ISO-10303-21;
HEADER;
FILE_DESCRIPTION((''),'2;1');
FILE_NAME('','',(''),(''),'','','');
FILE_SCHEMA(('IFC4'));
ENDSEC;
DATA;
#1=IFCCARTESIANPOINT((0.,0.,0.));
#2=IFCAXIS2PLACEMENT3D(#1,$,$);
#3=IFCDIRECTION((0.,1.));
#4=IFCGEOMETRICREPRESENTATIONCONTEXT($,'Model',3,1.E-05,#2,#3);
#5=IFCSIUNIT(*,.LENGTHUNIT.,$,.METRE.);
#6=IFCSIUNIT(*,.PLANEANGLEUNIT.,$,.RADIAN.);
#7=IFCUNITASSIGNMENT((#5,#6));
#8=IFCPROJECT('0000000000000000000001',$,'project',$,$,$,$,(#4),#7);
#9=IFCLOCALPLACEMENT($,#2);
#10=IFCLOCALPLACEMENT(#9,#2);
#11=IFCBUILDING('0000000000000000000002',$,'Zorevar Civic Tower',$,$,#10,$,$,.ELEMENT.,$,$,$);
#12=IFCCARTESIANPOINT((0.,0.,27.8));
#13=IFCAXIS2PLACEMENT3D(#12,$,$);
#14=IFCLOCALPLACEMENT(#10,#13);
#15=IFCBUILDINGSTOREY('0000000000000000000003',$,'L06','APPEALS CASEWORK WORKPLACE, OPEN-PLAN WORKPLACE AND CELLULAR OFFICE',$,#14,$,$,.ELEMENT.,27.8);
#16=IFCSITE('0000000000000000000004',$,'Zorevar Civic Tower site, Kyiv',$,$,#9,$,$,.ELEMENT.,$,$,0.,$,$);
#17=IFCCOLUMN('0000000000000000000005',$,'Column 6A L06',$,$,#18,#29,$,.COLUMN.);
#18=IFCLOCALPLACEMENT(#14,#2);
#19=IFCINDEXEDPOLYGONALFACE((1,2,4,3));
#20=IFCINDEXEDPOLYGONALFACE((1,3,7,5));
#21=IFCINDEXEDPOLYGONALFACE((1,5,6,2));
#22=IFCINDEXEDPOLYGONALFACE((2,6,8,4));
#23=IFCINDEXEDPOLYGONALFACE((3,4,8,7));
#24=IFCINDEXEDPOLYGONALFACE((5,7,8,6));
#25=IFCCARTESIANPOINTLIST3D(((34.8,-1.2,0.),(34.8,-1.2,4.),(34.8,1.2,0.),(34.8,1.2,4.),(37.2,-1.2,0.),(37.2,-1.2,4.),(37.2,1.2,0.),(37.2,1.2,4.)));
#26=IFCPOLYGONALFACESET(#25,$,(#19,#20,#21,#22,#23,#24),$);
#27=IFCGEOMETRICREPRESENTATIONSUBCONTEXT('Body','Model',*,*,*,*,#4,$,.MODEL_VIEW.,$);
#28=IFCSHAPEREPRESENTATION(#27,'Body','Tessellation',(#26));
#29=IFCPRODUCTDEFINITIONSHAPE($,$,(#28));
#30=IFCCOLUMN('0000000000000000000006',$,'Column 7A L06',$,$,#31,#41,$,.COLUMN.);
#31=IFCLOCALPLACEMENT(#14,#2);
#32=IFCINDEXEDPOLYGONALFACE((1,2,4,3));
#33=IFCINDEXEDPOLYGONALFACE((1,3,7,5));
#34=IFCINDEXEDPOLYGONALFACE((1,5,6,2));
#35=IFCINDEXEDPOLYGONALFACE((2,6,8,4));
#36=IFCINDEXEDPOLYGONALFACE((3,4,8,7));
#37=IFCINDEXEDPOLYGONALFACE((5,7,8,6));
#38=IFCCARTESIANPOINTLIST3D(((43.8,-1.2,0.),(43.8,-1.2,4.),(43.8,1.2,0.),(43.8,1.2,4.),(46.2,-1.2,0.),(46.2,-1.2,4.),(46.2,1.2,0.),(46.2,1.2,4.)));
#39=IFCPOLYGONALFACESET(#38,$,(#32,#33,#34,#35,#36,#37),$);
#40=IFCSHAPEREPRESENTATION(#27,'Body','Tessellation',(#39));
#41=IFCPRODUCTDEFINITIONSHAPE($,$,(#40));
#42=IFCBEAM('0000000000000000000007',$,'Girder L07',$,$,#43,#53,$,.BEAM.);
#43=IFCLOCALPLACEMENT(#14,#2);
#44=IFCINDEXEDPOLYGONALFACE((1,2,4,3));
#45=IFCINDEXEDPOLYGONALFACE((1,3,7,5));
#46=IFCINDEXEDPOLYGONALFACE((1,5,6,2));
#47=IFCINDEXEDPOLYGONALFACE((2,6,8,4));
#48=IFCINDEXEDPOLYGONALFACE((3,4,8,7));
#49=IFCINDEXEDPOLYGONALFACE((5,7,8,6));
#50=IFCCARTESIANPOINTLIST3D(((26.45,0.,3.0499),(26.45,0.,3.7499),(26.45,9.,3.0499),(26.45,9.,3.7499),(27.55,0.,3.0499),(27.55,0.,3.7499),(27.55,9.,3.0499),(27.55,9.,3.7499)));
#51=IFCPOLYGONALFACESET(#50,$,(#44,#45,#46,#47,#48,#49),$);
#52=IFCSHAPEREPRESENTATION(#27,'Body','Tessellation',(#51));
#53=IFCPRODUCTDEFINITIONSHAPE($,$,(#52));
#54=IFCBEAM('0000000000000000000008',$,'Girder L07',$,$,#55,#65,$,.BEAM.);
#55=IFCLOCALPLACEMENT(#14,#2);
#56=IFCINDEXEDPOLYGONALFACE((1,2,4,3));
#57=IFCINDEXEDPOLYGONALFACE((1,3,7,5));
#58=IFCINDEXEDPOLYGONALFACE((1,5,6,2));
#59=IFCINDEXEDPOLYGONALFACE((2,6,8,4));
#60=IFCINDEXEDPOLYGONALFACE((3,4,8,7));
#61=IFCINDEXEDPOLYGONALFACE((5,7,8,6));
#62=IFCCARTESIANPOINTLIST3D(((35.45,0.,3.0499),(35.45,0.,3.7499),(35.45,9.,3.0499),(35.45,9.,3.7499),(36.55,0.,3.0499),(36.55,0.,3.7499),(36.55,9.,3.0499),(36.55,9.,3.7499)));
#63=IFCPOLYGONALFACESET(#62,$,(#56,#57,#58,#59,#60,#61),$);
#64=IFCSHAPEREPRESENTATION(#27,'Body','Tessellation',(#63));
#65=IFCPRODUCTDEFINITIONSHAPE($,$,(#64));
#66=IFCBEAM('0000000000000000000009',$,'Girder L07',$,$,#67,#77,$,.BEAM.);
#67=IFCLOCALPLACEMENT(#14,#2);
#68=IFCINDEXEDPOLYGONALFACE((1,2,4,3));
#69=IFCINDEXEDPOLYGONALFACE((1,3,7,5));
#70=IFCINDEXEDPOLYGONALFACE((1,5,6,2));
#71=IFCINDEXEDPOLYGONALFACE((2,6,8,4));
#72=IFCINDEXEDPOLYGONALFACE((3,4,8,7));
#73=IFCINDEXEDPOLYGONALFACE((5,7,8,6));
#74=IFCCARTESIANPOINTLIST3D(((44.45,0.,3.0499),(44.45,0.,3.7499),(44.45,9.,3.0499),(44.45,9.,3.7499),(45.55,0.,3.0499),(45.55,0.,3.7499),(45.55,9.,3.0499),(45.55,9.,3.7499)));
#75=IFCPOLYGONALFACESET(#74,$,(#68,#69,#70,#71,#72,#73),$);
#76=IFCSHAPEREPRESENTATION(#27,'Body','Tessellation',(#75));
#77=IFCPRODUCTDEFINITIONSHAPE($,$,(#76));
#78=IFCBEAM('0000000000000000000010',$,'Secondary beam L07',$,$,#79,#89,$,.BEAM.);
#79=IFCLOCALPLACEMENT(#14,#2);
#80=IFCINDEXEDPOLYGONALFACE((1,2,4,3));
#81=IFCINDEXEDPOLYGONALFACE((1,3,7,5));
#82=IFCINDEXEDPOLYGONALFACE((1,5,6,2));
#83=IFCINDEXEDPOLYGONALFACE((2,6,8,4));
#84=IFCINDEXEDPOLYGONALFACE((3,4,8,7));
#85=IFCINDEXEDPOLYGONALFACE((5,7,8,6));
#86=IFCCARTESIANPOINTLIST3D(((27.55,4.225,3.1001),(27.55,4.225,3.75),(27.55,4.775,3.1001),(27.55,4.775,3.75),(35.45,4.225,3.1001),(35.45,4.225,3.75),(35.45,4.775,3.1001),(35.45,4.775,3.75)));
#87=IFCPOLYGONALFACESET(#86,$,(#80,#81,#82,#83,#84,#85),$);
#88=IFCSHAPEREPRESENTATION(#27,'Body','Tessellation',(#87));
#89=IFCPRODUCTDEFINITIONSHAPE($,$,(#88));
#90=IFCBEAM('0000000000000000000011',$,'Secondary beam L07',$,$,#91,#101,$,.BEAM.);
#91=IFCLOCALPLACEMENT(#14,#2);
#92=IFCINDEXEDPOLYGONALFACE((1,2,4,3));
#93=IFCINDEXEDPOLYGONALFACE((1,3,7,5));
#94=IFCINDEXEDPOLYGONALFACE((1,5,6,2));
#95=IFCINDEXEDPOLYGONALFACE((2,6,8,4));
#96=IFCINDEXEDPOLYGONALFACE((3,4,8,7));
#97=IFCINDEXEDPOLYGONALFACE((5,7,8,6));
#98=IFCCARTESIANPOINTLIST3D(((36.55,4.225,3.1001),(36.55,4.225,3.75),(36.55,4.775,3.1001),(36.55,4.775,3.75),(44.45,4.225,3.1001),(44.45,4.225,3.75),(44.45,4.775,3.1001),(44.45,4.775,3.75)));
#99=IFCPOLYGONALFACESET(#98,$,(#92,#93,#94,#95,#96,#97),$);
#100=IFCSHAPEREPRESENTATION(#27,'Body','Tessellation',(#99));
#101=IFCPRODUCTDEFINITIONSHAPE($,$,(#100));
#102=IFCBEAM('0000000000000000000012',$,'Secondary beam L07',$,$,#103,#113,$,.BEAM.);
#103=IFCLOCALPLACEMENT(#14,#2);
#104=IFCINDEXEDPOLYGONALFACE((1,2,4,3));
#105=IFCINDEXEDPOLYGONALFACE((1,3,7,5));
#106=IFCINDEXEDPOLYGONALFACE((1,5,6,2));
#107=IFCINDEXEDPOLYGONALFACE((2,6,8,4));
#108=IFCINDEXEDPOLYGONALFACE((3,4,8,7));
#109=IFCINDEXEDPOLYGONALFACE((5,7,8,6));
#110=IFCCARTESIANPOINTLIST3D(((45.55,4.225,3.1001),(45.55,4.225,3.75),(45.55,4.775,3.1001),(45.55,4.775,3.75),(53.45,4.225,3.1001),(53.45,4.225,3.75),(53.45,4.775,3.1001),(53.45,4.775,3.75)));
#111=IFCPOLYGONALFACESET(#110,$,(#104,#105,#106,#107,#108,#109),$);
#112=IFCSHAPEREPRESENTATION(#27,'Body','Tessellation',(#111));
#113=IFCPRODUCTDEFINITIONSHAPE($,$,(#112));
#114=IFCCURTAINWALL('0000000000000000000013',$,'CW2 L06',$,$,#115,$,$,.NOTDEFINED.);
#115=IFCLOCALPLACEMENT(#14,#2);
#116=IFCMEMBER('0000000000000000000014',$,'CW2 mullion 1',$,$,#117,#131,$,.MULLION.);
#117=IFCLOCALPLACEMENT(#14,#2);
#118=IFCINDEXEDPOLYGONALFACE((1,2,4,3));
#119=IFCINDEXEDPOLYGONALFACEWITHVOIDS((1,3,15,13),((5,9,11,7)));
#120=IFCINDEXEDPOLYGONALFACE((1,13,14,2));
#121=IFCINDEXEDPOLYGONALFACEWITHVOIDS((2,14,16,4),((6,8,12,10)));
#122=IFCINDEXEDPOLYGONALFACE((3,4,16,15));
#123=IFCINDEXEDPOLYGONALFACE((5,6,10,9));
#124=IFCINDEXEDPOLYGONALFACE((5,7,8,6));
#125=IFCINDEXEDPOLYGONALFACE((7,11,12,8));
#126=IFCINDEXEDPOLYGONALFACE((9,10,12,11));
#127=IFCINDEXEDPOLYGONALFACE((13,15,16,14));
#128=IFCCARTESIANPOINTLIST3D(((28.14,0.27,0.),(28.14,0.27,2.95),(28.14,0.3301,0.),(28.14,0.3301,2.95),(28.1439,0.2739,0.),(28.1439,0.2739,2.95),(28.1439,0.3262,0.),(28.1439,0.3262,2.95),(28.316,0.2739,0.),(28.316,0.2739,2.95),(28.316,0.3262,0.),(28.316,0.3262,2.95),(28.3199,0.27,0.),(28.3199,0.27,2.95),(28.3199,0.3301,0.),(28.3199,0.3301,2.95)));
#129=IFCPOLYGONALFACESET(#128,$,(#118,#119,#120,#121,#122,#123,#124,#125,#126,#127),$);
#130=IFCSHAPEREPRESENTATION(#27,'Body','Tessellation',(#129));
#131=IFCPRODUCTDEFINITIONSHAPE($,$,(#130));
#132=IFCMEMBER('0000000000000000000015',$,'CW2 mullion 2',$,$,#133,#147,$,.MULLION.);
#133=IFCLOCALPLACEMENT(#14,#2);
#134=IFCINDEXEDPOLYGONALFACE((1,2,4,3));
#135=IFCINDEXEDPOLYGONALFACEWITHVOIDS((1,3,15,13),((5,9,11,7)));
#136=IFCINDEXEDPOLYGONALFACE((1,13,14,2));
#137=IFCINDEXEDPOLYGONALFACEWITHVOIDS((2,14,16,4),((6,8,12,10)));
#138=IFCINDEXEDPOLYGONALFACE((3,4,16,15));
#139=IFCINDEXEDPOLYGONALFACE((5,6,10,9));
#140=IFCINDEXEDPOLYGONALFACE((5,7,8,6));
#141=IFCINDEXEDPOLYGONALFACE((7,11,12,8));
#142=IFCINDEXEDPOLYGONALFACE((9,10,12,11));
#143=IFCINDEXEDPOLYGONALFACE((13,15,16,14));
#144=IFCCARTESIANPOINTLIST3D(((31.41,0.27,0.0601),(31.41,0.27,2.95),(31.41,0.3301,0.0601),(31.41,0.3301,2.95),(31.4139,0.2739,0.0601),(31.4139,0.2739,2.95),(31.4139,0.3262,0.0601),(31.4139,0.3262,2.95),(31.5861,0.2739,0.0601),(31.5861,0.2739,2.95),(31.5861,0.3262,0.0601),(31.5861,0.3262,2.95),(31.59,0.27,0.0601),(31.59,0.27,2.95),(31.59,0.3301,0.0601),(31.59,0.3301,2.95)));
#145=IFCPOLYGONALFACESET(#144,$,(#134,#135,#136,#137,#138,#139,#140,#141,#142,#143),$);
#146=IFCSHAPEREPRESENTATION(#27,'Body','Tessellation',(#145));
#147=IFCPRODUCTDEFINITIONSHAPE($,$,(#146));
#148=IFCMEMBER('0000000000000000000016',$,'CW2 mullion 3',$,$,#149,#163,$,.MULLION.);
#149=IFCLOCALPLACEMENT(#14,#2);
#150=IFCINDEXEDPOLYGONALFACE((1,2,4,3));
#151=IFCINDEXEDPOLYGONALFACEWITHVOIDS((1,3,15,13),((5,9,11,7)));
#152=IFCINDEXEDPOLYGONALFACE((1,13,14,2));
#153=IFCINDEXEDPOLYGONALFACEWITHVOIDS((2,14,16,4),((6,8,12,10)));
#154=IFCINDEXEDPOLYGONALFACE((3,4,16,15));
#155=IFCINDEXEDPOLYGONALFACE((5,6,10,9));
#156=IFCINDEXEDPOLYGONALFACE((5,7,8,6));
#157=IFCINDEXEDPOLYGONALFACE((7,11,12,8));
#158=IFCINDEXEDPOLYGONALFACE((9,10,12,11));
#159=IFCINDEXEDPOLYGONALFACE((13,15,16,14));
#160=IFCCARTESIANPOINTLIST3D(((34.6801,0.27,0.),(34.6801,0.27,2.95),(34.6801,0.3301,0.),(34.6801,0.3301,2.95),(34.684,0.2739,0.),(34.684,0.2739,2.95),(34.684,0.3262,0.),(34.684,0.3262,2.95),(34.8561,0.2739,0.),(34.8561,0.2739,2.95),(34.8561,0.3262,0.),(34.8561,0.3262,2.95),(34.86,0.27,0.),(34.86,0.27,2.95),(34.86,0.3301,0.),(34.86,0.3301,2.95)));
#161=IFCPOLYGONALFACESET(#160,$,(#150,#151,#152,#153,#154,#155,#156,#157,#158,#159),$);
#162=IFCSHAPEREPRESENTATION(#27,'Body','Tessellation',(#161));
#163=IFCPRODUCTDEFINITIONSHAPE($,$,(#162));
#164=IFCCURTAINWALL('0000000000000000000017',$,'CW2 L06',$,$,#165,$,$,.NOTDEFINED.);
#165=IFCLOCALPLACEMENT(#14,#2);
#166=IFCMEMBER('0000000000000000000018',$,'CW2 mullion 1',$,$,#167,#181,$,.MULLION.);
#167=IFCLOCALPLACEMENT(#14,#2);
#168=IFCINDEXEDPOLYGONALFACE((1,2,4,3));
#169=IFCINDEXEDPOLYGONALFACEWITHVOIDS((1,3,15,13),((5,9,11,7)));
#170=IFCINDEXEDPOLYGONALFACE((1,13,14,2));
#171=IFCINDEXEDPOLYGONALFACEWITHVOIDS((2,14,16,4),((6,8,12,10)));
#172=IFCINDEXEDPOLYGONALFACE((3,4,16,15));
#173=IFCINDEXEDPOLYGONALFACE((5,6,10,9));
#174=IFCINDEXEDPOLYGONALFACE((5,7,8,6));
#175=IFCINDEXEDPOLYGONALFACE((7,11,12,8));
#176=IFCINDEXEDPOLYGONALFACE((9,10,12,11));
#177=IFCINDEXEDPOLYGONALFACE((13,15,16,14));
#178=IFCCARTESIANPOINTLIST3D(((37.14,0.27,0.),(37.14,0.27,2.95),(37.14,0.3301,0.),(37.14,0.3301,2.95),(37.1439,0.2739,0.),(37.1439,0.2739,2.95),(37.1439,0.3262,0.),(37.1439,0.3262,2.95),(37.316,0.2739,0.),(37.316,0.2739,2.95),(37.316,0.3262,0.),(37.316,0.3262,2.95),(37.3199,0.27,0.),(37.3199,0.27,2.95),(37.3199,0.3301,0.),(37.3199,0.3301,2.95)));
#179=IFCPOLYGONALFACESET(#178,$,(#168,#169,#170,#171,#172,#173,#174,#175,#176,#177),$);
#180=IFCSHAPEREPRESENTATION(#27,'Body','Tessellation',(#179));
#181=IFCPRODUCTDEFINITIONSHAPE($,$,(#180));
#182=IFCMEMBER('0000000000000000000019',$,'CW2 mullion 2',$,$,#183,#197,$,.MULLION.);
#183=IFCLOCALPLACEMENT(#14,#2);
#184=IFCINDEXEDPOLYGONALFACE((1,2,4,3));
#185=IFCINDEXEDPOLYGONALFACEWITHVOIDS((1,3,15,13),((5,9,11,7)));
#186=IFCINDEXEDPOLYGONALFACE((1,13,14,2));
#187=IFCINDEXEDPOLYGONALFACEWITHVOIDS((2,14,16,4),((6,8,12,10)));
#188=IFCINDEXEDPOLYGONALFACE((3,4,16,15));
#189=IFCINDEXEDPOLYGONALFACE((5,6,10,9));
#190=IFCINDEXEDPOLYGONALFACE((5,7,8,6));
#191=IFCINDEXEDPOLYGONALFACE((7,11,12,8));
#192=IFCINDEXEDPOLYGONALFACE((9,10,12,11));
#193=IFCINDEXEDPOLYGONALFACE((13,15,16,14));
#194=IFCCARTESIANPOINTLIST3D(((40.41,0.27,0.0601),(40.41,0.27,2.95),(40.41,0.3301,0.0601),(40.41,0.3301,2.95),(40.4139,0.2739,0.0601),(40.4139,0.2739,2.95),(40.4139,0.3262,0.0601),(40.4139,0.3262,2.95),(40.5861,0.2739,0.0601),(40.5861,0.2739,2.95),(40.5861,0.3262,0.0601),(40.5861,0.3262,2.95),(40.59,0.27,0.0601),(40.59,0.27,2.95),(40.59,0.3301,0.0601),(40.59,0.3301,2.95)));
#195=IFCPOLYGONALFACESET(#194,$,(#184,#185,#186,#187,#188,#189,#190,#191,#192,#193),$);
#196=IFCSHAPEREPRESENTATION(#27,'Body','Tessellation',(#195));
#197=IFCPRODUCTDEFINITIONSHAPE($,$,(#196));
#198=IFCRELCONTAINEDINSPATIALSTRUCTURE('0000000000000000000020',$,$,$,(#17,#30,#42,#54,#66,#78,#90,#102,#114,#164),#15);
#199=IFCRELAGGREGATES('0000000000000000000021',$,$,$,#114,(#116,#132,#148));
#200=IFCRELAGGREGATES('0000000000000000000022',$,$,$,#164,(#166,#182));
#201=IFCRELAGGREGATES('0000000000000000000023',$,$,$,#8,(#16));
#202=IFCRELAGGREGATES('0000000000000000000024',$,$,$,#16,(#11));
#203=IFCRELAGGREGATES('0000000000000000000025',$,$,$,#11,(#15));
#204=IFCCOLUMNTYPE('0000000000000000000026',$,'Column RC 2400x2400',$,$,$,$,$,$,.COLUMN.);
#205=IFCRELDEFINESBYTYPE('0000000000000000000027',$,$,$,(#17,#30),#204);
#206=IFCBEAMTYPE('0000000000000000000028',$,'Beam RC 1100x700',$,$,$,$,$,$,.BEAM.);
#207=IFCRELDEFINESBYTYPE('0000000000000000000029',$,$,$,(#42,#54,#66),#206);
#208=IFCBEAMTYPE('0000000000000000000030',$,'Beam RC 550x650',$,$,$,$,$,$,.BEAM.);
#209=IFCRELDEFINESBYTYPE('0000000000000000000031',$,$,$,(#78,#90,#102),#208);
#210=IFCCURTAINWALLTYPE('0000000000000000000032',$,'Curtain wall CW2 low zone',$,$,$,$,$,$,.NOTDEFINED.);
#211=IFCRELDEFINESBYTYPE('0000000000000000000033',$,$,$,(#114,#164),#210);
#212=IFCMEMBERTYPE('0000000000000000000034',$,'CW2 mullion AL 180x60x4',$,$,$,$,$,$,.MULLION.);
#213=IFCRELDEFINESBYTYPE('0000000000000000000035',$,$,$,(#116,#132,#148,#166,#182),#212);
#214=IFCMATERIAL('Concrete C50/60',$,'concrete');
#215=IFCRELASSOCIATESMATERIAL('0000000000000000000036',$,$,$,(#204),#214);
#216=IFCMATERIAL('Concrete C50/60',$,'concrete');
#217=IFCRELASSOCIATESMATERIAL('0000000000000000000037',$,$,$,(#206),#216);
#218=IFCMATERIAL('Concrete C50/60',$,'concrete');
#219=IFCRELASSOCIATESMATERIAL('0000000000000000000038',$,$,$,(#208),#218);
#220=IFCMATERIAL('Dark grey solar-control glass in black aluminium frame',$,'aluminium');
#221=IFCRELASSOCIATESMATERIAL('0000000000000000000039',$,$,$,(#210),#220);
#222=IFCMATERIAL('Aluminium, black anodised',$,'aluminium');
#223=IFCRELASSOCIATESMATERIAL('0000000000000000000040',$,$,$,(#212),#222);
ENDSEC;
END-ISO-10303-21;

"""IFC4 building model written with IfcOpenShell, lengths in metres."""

from ifc_helpers import new_model, si_unit, direction, frame, origin, origin_2d, place, context, subcontext, project, spatial, rectangle, hollow_rectangle, extrude, material, material_profile, profile_set, type_object, element, aggregate, save


model = new_model("IFC4")

# Units and contexts
model_context = context("Model", 3, precision=1e-05, world=origin(), true_north=direction((0.0, 1.0)))
body_context = subcontext(model_context, "Body", "Model", "MODEL_VIEW")
ifc_project = project(units=[si_unit("LENGTHUNIT", "METRE"), si_unit("PLANEANGLEUNIT", "RADIAN")], contexts=[model_context])

# Site, building, storey
site_placement = place(None, origin())
site = spatial("IfcSite", under=ifc_project, at=site_placement, Name="Zorevar Civic Tower site, Kyiv", CompositionType="ELEMENT", RefElevation=0.0)
building_placement = place(site_placement, origin())
building = spatial("IfcBuilding", under=site, at=building_placement, Name="Zorevar Civic Tower", CompositionType="ELEMENT")
storey_placement = place(building_placement, frame((0.0, 0.0, 27.8)))
storey = spatial("IfcBuildingStorey", under=building, at=storey_placement, Name="L06", Description="APPEALS CASEWORK WORKPLACE, OPEN-PLAN WORKPLACE AND CELLULAR OFFICE", CompositionType="ELEMENT", Elevation=27.8)

# Columns
ifc_material_1 = material(Name="Concrete C50/60", Category="concrete")
ifc_material_profile_1 = material_profile(ifc_material_1, rectangle(XDim=2.3999, YDim=2.3999, at=origin_2d()), Name="RC 2400x2400")
ifc_profile_set_1 = profile_set([ifc_material_profile_1], Name="Concrete C50/60")
column_type = type_object("IfcColumnType", Name="Column RC 2400x2400", PredefinedType="COLUMN", material=ifc_profile_set_1)
for number, where, z_axis, x_axis, name in (
    (1, (36.0, 0.0, 0.0), (0.0, 0.0, 1.0), (1.0, 0.0, 0.0), "Column 6A L06"),
    (2, (45.0, 0.0, 0.0), (0.0, 0.0, 1.0), (1.0, 0.0, 0.0), "Column 7A L06"),
):
    element("IfcColumn", number, at=place(storey_placement, frame(where, z_axis=z_axis, x_axis=x_axis)), inside=storey, type_object=column_type, Name=name, PredefinedType="COLUMN", context=body_context, shape_type="SweptSolid", body=[
        extrude(rectangle(XDim=2.3999, YDim=2.3999, at=origin_2d()), origin(), (0.0, 0.0, 1.0), 4.0),
    ])

# Beams
ifc_material_2 = material(Name="Concrete C50/60", Category="concrete")
ifc_material_profile_2 = material_profile(ifc_material_2, rectangle(XDim=1.1001, YDim=0.7, at=origin_2d()), Name="RC 1100x700")
ifc_profile_set_2 = profile_set([ifc_material_profile_2], Name="Concrete C50/60")
beam_type_1 = type_object("IfcBeamType", Name="Beam RC 1100x700", PredefinedType="BEAM", material=ifc_profile_set_2)
for number, where, z_axis, x_axis, name in (
    (3, (27.0, 0.0, 3.3999), (0.0, 1.0, 0.0), (-1.0, 0.0, 0.0), "Girder L07"),
    (4, (36.0, 0.0, 3.3999), (0.0, 1.0, 0.0), (-1.0, 0.0, 0.0), "Girder L07"),
    (5, (45.0, 0.0, 3.3999), (0.0, 1.0, 0.0), (-1.0, 0.0, 0.0), "Girder L07"),
):
    element("IfcBeam", number, at=place(storey_placement, frame(where, z_axis=z_axis, x_axis=x_axis)), inside=storey, type_object=beam_type_1, Name=name, PredefinedType="BEAM", context=body_context, shape_type="SweptSolid", body=[
        extrude(rectangle(XDim=1.1001, YDim=0.7, at=origin_2d()), origin(), (0.0, 0.0, 1.0), 9.0),
    ])
ifc_material_3 = material(Name="Concrete C50/60", Category="concrete")
ifc_material_profile_3 = material_profile(ifc_material_3, rectangle(XDim=0.55, YDim=0.6499, at=origin_2d()), Name="RC 550x650")
ifc_profile_set_3 = profile_set([ifc_material_profile_3], Name="Concrete C50/60")
beam_type_2 = type_object("IfcBeamType", Name="Beam RC 550x650", PredefinedType="BEAM", material=ifc_profile_set_3)
for number, where, z_axis, x_axis, name in (
    (6, (27.55, 4.5, 3.425), (1.0, 0.0, 0.0), (0.0, 1.0, 0.0), "Secondary beam L07"),
    (7, (36.55, 4.5, 3.425), (1.0, 0.0, 0.0), (0.0, 1.0, 0.0), "Secondary beam L07"),
    (8, (45.55, 4.5, 3.425), (1.0, 0.0, 0.0), (0.0, 1.0, 0.0), "Secondary beam L07"),
):
    element("IfcBeam", number, at=place(storey_placement, frame(where, z_axis=z_axis, x_axis=x_axis)), inside=storey, type_object=beam_type_2, Name=name, PredefinedType="BEAM", context=body_context, shape_type="SweptSolid", body=[
        extrude(rectangle(XDim=0.55, YDim=0.6499, at=origin_2d()), origin(), (0.0, 0.0, 1.0), 7.8999),
    ])

# Curtain walls, members
ifc_material_4 = material(Name="Dark grey solar-control glass in black aluminium frame", Category="aluminium")
curtain_wall_type = type_object("IfcCurtainWallType", Name="Curtain wall CW2 low zone", PredefinedType="NOTDEFINED", material=ifc_material_4)
curtain_wall_1_placement = place(storey_placement, origin())
curtain_wall_1 = element("IfcCurtainWall", 9, at=curtain_wall_1_placement, inside=storey, type_object=curtain_wall_type, Name="CW2 L06", PredefinedType="NOTDEFINED")
ifc_material_5 = material(Name="Aluminium, black anodised", Category="aluminium")
ifc_material_profile_4 = material_profile(ifc_material_5, hollow_rectangle(XDim=0.0601, YDim=0.1799, WallThickness=0.0039, at=origin_2d()), Name="AL 180x60x4")
ifc_profile_set_4 = profile_set([ifc_material_profile_4], Name="Aluminium, black anodised")
member_type_1 = type_object("IfcMemberType", Name="CW2 mullion AL 180x60x4", PredefinedType="MULLION", material=ifc_profile_set_4)
member_1_placement = place(storey_placement, frame((28.23, 0.3, 0.0), z_axis=(0.0, 0.0, 1.0), x_axis=(0.0, 1.0, 0.0)))
member_1 = element("IfcMember", 10, at=member_1_placement, type_object=member_type_1, Name="CW2 mullion 1", PredefinedType="MULLION", context=body_context, shape_type="SweptSolid", body=[
    extrude(hollow_rectangle(XDim=0.0601, YDim=0.1799, WallThickness=0.0039, at=origin_2d()), origin(), (0.0, 0.0, 1.0), 2.95),
])
member_2_placement = place(storey_placement, frame((31.5, 0.3, 0.0601), z_axis=(0.0, 0.0, 1.0), x_axis=(0.0, 1.0, 0.0)))
member_2 = element("IfcMember", 11, at=member_2_placement, type_object=member_type_1, Name="CW2 mullion 2", PredefinedType="MULLION", context=body_context, shape_type="SweptSolid", body=[
    extrude(hollow_rectangle(XDim=0.0601, YDim=0.1799, WallThickness=0.0039, at=origin_2d()), origin(), (0.0, 0.0, 1.0), 2.8899),
])
member_3_placement = place(storey_placement, frame((34.77, 0.3, 0.0), z_axis=(0.0, 0.0, 1.0), x_axis=(0.0, 1.0, 0.0)))
member_3 = element("IfcMember", 12, at=member_3_placement, type_object=member_type_1, Name="CW2 mullion 3", PredefinedType="MULLION", context=body_context, shape_type="SweptSolid", body=[
    extrude(hollow_rectangle(XDim=0.0601, YDim=0.1799, WallThickness=0.0039, at=origin_2d()), origin(), (0.0, 0.0, 1.0), 2.95),
])
curtain_wall_2_placement = place(storey_placement, origin())
curtain_wall_2 = element("IfcCurtainWall", 13, at=curtain_wall_2_placement, inside=storey, type_object=curtain_wall_type, Name="CW2 L06", PredefinedType="NOTDEFINED")
member_4_placement = place(storey_placement, frame((37.23, 0.3, 0.0), z_axis=(0.0, 0.0, 1.0), x_axis=(0.0, 1.0, 0.0)))
member_4 = element("IfcMember", 14, at=member_4_placement, type_object=member_type_1, Name="CW2 mullion 1", PredefinedType="MULLION", context=body_context, shape_type="SweptSolid", body=[
    extrude(hollow_rectangle(XDim=0.0601, YDim=0.1799, WallThickness=0.0039, at=origin_2d()), origin(), (0.0, 0.0, 1.0), 2.95),
])
member_5_placement = place(storey_placement, frame((40.5, 0.3, 0.0601), z_axis=(0.0, 0.0, 1.0), x_axis=(0.0, 1.0, 0.0)))
member_5 = element("IfcMember", 15, at=member_5_placement, type_object=member_type_1, Name="CW2 mullion 2", PredefinedType="MULLION", context=body_context, shape_type="SweptSolid", body=[
    extrude(hollow_rectangle(XDim=0.0601, YDim=0.1799, WallThickness=0.0039, at=origin_2d()), origin(), (0.0, 0.0, 1.0), 2.8899),
])

aggregate(curtain_wall_1, [member_1, member_2, member_3])
aggregate(curtain_wall_2, [member_4, member_5])

save(model, "model.ifc")
